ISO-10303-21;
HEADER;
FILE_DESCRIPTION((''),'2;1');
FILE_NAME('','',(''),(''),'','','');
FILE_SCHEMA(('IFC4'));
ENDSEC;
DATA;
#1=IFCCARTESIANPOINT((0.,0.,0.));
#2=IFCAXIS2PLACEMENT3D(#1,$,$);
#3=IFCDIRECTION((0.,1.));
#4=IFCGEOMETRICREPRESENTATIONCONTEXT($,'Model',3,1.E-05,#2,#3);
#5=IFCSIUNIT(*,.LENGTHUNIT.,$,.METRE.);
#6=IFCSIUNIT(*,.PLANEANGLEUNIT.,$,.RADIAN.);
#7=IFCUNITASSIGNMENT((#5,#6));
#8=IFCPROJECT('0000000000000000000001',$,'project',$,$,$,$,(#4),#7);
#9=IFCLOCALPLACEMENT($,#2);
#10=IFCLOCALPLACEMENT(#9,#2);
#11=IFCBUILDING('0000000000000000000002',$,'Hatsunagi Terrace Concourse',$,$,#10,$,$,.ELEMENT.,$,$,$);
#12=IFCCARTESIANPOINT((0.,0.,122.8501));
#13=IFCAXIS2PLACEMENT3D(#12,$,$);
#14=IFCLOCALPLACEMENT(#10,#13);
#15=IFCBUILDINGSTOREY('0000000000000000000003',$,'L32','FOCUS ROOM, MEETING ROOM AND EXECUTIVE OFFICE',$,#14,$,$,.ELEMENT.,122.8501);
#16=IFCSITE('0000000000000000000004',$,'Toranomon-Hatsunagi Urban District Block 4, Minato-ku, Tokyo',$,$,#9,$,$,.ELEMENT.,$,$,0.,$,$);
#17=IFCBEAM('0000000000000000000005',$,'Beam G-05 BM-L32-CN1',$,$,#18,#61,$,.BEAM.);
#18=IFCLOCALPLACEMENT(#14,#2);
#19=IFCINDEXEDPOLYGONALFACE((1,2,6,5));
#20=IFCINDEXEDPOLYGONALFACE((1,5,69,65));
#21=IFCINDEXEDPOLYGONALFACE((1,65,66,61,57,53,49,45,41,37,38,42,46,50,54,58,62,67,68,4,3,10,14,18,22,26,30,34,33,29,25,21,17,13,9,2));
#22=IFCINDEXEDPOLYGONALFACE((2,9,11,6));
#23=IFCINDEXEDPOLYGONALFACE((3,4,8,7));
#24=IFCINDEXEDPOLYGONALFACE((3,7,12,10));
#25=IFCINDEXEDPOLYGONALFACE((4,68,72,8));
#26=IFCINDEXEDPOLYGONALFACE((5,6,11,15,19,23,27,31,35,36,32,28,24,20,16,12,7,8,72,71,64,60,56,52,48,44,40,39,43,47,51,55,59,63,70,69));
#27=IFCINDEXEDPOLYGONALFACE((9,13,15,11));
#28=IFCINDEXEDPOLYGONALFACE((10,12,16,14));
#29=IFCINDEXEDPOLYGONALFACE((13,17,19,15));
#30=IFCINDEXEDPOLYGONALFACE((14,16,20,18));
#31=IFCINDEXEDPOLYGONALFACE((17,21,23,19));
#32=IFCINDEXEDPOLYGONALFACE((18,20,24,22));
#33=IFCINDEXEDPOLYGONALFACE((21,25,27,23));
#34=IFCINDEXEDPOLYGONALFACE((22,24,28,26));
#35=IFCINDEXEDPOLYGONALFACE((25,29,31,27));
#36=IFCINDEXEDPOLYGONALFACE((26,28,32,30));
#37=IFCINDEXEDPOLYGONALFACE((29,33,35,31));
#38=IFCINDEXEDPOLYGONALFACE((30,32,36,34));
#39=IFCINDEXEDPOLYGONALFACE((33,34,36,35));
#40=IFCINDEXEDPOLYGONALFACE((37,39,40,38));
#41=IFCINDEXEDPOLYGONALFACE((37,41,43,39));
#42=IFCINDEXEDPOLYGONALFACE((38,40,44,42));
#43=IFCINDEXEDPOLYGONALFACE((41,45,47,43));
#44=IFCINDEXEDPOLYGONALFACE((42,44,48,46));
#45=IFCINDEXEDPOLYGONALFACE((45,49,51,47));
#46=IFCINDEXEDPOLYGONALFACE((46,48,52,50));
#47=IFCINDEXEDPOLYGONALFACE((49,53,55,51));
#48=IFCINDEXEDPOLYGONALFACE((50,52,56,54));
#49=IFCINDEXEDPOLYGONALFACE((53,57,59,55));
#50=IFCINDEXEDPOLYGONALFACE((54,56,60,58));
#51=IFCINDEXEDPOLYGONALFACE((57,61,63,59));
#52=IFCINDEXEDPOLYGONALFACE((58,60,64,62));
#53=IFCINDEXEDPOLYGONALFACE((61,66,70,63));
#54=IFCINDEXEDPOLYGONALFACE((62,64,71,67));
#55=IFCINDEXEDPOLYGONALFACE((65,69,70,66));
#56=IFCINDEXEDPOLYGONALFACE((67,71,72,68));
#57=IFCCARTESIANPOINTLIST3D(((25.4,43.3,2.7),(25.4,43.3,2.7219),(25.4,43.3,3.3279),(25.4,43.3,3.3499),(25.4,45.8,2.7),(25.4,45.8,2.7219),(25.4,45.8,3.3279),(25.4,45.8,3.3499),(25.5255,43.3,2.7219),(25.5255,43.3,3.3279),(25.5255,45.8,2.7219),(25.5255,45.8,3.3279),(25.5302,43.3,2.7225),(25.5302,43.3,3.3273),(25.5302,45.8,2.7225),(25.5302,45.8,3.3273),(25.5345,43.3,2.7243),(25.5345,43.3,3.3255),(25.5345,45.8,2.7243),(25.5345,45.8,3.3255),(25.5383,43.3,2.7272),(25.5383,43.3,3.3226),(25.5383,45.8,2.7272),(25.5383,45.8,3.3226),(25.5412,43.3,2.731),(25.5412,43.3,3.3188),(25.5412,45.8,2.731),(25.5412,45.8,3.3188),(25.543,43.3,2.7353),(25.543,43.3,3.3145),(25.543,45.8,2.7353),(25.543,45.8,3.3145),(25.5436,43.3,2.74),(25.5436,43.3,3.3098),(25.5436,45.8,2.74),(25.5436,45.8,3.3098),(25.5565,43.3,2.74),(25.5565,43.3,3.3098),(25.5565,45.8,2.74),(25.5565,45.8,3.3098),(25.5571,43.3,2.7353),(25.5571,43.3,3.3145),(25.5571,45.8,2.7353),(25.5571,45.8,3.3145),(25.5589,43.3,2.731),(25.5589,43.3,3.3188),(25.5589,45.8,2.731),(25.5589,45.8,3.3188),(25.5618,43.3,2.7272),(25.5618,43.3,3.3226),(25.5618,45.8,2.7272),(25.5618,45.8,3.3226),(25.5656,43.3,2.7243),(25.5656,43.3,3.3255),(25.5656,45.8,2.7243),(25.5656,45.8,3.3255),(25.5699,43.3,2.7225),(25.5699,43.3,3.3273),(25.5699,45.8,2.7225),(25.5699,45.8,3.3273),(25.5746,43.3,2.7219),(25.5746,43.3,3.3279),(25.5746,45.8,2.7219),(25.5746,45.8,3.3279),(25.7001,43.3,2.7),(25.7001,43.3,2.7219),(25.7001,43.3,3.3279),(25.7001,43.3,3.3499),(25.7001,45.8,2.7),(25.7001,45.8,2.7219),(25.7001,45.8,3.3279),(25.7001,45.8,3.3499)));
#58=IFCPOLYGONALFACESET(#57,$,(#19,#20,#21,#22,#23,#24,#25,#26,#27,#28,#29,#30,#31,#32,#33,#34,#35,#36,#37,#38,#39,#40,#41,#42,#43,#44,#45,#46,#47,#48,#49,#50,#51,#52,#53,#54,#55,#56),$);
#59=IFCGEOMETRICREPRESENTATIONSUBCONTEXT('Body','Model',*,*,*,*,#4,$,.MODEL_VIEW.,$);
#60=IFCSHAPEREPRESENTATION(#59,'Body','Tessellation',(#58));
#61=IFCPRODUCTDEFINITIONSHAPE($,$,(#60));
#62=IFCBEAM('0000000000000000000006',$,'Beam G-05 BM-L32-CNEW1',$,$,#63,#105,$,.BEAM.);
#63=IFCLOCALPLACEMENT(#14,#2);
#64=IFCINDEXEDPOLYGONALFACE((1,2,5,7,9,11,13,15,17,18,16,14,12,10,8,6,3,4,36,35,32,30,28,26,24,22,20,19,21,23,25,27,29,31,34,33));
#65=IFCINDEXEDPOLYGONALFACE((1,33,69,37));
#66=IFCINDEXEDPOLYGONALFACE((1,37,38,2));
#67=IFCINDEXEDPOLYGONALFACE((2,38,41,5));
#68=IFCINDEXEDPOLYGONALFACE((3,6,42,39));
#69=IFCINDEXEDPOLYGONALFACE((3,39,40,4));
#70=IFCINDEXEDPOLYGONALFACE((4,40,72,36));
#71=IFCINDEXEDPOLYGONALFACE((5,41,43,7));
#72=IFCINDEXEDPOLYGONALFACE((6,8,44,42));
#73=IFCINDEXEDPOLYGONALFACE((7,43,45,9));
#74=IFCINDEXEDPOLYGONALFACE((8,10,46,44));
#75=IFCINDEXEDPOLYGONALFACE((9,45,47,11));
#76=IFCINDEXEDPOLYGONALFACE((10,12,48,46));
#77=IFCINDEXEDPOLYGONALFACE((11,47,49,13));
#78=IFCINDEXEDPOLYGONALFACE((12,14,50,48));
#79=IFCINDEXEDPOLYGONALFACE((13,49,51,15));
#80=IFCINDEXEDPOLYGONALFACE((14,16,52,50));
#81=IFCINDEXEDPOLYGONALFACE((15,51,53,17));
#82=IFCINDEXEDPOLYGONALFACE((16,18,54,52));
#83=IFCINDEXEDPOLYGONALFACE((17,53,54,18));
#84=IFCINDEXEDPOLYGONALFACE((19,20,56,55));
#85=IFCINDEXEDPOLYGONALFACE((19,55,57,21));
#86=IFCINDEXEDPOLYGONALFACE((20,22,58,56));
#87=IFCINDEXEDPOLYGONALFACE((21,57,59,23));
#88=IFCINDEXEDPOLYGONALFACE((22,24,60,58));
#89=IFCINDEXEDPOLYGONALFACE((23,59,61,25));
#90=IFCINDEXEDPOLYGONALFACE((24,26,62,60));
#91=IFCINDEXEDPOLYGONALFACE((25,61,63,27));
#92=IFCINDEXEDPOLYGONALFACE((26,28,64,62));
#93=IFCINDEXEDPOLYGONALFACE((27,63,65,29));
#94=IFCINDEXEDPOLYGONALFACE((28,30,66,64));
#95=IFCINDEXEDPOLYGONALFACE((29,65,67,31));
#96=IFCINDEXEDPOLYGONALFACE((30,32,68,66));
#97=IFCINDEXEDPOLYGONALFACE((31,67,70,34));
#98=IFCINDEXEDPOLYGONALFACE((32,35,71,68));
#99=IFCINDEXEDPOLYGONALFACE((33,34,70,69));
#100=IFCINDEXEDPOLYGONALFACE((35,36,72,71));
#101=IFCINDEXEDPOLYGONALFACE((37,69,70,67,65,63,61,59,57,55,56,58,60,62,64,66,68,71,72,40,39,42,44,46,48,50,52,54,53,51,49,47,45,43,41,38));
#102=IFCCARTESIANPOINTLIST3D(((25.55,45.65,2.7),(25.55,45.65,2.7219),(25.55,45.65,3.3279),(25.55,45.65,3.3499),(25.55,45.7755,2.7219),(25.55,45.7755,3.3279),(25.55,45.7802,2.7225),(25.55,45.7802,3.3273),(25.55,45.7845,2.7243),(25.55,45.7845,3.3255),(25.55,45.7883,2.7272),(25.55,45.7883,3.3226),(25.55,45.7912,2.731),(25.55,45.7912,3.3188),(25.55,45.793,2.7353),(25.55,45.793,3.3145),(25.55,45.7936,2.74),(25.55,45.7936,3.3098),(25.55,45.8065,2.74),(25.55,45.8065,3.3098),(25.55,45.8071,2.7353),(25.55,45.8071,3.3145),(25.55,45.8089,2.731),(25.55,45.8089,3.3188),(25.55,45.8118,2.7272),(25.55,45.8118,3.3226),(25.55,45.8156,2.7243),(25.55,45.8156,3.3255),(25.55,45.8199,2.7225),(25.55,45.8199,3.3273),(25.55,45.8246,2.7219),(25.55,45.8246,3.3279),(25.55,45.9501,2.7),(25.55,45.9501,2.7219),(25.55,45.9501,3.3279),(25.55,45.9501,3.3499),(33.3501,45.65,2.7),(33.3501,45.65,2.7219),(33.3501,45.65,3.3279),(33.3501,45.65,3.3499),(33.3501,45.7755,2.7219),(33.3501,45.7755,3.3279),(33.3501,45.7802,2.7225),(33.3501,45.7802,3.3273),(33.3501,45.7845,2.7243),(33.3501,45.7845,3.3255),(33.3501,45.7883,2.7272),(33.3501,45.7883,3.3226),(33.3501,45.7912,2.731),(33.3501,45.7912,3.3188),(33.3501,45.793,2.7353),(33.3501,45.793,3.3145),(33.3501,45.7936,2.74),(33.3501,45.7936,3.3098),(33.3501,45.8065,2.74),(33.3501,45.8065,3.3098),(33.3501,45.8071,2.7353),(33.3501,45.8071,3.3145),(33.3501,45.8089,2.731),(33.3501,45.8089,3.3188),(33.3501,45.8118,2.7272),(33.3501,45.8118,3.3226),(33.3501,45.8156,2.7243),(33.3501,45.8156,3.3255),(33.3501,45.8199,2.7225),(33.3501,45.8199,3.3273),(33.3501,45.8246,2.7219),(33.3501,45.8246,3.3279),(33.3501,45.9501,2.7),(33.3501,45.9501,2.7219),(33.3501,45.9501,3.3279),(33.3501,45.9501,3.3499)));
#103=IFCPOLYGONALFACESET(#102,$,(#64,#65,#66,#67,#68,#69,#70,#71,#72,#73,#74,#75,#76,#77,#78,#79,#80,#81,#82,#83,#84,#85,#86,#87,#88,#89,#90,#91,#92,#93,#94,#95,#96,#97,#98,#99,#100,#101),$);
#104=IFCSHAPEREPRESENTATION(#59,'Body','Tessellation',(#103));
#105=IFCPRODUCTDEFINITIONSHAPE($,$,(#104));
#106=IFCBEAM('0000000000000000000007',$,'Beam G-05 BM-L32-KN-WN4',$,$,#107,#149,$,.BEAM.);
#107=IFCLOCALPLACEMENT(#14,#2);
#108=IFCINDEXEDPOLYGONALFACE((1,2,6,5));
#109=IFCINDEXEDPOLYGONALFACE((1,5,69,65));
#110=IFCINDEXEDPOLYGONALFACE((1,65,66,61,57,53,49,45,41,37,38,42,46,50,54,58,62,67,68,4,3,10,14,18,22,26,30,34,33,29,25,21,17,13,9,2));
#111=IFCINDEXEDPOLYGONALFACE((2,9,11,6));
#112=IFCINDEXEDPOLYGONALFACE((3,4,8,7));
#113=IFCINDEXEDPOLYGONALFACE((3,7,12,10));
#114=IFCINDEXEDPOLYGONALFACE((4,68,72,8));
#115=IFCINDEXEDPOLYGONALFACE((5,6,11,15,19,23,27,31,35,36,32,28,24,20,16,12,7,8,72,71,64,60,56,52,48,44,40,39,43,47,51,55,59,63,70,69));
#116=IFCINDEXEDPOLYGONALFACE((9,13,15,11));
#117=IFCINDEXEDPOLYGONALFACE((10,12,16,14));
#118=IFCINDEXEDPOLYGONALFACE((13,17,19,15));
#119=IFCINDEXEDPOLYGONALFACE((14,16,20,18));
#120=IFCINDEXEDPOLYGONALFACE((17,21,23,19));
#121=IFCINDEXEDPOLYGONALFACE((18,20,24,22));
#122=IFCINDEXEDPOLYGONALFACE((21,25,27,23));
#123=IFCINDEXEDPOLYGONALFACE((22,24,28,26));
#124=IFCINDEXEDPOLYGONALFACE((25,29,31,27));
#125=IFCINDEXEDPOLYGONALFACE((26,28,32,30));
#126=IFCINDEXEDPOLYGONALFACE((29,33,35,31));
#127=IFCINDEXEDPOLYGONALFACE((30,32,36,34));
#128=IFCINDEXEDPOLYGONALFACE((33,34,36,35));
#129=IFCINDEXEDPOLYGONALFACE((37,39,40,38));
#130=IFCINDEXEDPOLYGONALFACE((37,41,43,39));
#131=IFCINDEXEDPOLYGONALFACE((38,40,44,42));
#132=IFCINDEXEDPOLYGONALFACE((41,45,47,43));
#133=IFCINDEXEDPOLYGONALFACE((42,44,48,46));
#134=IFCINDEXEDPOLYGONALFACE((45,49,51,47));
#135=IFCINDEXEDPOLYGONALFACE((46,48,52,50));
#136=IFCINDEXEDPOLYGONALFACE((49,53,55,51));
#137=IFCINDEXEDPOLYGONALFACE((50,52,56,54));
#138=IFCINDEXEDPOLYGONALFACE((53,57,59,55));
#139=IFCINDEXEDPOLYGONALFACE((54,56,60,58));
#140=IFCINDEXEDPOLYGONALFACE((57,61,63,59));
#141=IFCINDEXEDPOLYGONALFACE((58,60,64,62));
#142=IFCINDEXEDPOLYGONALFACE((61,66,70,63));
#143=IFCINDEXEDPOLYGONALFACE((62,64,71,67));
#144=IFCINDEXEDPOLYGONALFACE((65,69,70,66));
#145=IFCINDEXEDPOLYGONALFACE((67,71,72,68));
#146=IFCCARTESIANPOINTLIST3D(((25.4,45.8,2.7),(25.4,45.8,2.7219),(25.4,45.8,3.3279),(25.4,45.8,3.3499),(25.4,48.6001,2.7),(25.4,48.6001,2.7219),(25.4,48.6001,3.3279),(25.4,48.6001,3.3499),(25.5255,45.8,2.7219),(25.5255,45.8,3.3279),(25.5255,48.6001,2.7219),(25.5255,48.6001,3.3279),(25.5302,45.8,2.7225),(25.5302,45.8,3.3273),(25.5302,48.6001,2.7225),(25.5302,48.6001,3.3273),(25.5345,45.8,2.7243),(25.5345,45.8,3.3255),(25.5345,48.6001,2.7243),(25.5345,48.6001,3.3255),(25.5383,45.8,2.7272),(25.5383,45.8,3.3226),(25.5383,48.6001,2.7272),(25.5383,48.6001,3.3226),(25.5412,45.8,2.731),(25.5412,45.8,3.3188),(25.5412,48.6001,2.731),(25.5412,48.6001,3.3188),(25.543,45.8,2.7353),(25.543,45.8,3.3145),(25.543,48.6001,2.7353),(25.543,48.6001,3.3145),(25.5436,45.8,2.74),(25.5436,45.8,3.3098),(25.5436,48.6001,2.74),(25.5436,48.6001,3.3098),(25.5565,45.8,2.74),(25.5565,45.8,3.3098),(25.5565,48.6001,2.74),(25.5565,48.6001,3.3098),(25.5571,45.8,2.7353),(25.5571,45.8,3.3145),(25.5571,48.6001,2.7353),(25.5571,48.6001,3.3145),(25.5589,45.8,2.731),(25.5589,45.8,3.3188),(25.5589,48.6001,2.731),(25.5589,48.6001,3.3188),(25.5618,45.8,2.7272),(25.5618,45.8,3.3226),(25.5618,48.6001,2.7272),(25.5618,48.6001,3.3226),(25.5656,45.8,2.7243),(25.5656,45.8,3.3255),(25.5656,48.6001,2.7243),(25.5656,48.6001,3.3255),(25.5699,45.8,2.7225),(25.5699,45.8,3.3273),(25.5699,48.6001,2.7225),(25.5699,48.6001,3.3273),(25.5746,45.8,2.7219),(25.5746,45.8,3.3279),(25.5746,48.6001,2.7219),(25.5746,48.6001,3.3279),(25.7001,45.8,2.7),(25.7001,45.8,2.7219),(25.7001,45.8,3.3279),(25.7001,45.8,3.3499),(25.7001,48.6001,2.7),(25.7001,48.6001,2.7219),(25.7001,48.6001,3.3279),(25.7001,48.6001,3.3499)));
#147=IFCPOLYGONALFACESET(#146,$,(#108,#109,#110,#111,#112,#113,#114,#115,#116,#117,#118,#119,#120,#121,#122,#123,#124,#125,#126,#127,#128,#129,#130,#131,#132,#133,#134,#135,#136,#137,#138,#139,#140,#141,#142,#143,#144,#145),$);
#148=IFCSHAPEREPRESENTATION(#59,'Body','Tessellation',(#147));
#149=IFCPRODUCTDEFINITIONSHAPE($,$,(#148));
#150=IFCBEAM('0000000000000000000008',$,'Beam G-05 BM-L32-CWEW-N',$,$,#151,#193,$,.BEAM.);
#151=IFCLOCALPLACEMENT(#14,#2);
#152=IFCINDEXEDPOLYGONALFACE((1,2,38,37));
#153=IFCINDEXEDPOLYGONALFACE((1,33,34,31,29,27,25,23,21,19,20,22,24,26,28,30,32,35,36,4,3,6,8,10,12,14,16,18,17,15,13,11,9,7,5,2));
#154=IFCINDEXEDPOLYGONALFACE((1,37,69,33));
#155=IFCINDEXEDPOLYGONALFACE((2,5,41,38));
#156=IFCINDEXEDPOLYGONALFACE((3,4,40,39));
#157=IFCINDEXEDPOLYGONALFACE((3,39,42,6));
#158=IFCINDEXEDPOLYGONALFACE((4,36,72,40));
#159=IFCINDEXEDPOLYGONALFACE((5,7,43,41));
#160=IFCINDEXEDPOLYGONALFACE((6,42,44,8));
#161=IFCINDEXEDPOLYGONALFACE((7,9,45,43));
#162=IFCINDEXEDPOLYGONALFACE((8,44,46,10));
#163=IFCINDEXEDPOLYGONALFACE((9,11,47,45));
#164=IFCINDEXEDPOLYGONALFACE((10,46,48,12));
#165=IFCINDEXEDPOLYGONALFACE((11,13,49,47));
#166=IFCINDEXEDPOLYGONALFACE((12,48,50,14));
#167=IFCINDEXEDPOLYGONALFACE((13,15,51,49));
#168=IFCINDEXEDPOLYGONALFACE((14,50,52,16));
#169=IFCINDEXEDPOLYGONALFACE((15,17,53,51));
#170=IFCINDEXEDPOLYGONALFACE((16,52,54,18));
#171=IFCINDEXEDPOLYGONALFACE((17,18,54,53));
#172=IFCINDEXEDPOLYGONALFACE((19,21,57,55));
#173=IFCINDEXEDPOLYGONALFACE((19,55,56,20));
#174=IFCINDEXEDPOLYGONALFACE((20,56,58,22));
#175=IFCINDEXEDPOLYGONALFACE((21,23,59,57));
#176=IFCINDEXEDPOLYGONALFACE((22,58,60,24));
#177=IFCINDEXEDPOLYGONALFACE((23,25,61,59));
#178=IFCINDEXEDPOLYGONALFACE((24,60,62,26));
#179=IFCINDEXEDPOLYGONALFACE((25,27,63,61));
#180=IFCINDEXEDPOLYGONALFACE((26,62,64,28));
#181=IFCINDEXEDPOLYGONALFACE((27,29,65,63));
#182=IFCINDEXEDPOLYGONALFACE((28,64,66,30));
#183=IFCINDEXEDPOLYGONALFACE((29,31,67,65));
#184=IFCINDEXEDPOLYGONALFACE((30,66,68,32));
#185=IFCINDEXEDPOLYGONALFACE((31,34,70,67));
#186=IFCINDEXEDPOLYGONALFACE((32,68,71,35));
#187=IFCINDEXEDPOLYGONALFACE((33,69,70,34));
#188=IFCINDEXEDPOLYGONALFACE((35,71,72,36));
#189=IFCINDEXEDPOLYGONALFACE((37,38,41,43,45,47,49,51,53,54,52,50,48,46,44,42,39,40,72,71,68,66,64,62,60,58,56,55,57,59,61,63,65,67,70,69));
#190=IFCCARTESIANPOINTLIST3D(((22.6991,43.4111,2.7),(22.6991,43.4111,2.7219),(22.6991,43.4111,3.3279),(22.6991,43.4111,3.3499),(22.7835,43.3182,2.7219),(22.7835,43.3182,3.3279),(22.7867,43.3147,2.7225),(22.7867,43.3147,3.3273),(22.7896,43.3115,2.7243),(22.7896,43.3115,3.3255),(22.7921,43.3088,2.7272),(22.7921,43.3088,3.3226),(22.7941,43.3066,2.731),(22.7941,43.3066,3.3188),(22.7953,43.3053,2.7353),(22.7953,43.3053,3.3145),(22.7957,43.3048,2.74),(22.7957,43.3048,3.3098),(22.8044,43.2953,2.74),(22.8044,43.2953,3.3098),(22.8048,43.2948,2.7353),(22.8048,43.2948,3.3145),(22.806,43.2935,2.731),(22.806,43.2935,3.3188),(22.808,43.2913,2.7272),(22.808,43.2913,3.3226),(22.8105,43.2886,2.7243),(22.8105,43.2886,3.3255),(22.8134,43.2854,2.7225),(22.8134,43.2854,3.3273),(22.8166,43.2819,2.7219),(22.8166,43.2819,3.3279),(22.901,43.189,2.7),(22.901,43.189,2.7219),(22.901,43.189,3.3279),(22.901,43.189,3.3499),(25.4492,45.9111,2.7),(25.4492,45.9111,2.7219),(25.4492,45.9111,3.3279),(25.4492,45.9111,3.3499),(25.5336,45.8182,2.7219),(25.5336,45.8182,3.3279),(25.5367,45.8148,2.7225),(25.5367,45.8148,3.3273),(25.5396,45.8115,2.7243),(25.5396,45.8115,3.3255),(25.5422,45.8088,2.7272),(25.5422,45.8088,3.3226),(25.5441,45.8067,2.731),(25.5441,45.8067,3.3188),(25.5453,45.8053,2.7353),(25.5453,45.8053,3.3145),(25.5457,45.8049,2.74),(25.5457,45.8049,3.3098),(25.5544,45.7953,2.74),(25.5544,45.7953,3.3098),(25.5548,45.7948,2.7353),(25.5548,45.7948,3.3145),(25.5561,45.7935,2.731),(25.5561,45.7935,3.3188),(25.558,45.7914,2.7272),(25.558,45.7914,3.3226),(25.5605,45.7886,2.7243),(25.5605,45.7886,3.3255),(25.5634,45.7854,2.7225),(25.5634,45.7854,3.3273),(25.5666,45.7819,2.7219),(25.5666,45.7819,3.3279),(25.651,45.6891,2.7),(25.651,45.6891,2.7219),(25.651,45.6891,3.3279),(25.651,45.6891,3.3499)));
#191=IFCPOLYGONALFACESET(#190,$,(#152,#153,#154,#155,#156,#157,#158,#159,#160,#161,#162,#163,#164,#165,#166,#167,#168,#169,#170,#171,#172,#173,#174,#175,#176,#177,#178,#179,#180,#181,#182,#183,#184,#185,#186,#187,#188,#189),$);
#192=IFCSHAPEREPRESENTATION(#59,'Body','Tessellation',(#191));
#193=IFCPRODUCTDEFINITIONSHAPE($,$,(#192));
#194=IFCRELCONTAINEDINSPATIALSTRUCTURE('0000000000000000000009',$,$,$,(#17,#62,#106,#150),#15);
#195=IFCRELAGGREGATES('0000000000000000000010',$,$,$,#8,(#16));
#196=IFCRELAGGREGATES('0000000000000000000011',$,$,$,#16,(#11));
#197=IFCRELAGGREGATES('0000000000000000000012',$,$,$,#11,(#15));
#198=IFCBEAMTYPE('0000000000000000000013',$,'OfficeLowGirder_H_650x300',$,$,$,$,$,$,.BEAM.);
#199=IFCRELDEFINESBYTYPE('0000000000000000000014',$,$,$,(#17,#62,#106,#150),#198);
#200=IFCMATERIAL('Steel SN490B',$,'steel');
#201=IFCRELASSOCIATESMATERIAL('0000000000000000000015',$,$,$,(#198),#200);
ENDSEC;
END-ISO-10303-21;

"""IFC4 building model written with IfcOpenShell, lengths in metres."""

from ifc_helpers import new_model, si_unit, direction, frame, origin, origin_2d, place, context, subcontext, project, spatial, i_section, extrude, material, material_profile, profile_set, type_object, element, save


model = new_model("IFC4")

# Units and contexts
model_context = context("Model", 3, precision=1e-05, world=origin(), true_north=direction((0.0, 1.0)))
body_context = subcontext(model_context, "Body", "Model", "MODEL_VIEW")
ifc_project = project(units=[si_unit("LENGTHUNIT", "METRE"), si_unit("PLANEANGLEUNIT", "RADIAN")], contexts=[model_context])

# Site, building, storey
site_placement = place(None, origin())
site = spatial("IfcSite", under=ifc_project, at=site_placement, Name="Toranomon-Hatsunagi Urban District Block 4, Minato-ku, Tokyo", CompositionType="ELEMENT", RefElevation=0.0)
building_placement = place(site_placement, origin())
building = spatial("IfcBuilding", under=site, at=building_placement, Name="Hatsunagi Terrace Concourse", CompositionType="ELEMENT")
storey_placement = place(building_placement, frame((0.0, 0.0, 122.8501)))
storey = spatial("IfcBuildingStorey", under=building, at=storey_placement, Name="L32", Description="FOCUS ROOM, MEETING ROOM AND EXECUTIVE OFFICE", CompositionType="ELEMENT", Elevation=122.8501)

# Beams
ifc_material_1 = material(Name="Steel SN490B", Category="steel")
ifc_material_profile_1 = material_profile(ifc_material_1, i_section(OverallWidth=0.3, OverallDepth=0.6499, WebThickness=0.0129, FlangeThickness=0.022, FilletRadius=0.0181, at=origin_2d()), Name="H-650x300x13x22")
ifc_profile_set_1 = profile_set([ifc_material_profile_1], Name="Steel SN490B")
beam_type_1 = type_object("IfcBeamType", Name="OfficeLowGirder_H_650x300", PredefinedType="BEAM", material=ifc_profile_set_1)
beam_1_placement = place(storey_placement, frame((25.55, 43.3, 3.0249), z_axis=(0.0, 1.0, 0.0), x_axis=(-1.0, 0.0, 0.0)))
element("IfcBeam", 1, at=beam_1_placement, inside=storey, type_object=beam_type_1, Name="Beam G-05 BM-L32-CN1", PredefinedType="BEAM", context=body_context, shape_type="SweptSolid", body=[
    extrude(i_section(OverallWidth=0.3, OverallDepth=0.6499, WebThickness=0.0129, FlangeThickness=0.022, FilletRadius=0.0181, at=origin_2d()), origin(), (0.0, 0.0, 1.0), 2.5),
])
beam_2_placement = place(storey_placement, frame((25.55, 45.8, 3.0249), z_axis=(1.0, 0.0, 0.0), x_axis=(0.0, 1.0, 0.0)))
element("IfcBeam", 2, at=beam_2_placement, inside=storey, type_object=beam_type_1, Name="Beam G-05 BM-L32-CNEW1", PredefinedType="BEAM", context=body_context, shape_type="SweptSolid", body=[
    extrude(i_section(OverallWidth=0.3, OverallDepth=0.6499, WebThickness=0.0129, FlangeThickness=0.022, FilletRadius=0.0181, at=origin_2d()), origin(), (0.0, 0.0, 1.0), 7.8),
])
beam_3_placement = place(storey_placement, frame((25.55, 45.8, 3.0249), z_axis=(0.0, 1.0, 0.0), x_axis=(-1.0, 0.0, 0.0)))
element("IfcBeam", 3, at=beam_3_placement, inside=storey, type_object=beam_type_1, Name="Beam G-05 BM-L32-KN-WN4", PredefinedType="BEAM", context=body_context, shape_type="SweptSolid", body=[
    extrude(i_section(OverallWidth=0.3, OverallDepth=0.6499, WebThickness=0.0129, FlangeThickness=0.022, FilletRadius=0.0181, at=origin_2d()), origin(), (0.0, 0.0, 1.0), 2.8),
])
beam_4_placement = place(storey_placement, frame((22.8, 43.3, 3.0249), z_axis=(0.73994, 0.672673, 0.0), x_axis=(-0.672673, 0.73994, 0.0)))
element("IfcBeam", 4, at=beam_4_placement, inside=storey, type_object=beam_type_1, Name="Beam G-05 BM-L32-CWEW-N", PredefinedType="BEAM", context=body_context, shape_type="SweptSolid", body=[
    extrude(i_section(OverallWidth=0.3, OverallDepth=0.6499, WebThickness=0.0129, FlangeThickness=0.022, FilletRadius=0.0181, at=origin_2d()), origin(), (0.0, 0.0, 1.0), 3.7166),
])

save(model, "model.ifc")
